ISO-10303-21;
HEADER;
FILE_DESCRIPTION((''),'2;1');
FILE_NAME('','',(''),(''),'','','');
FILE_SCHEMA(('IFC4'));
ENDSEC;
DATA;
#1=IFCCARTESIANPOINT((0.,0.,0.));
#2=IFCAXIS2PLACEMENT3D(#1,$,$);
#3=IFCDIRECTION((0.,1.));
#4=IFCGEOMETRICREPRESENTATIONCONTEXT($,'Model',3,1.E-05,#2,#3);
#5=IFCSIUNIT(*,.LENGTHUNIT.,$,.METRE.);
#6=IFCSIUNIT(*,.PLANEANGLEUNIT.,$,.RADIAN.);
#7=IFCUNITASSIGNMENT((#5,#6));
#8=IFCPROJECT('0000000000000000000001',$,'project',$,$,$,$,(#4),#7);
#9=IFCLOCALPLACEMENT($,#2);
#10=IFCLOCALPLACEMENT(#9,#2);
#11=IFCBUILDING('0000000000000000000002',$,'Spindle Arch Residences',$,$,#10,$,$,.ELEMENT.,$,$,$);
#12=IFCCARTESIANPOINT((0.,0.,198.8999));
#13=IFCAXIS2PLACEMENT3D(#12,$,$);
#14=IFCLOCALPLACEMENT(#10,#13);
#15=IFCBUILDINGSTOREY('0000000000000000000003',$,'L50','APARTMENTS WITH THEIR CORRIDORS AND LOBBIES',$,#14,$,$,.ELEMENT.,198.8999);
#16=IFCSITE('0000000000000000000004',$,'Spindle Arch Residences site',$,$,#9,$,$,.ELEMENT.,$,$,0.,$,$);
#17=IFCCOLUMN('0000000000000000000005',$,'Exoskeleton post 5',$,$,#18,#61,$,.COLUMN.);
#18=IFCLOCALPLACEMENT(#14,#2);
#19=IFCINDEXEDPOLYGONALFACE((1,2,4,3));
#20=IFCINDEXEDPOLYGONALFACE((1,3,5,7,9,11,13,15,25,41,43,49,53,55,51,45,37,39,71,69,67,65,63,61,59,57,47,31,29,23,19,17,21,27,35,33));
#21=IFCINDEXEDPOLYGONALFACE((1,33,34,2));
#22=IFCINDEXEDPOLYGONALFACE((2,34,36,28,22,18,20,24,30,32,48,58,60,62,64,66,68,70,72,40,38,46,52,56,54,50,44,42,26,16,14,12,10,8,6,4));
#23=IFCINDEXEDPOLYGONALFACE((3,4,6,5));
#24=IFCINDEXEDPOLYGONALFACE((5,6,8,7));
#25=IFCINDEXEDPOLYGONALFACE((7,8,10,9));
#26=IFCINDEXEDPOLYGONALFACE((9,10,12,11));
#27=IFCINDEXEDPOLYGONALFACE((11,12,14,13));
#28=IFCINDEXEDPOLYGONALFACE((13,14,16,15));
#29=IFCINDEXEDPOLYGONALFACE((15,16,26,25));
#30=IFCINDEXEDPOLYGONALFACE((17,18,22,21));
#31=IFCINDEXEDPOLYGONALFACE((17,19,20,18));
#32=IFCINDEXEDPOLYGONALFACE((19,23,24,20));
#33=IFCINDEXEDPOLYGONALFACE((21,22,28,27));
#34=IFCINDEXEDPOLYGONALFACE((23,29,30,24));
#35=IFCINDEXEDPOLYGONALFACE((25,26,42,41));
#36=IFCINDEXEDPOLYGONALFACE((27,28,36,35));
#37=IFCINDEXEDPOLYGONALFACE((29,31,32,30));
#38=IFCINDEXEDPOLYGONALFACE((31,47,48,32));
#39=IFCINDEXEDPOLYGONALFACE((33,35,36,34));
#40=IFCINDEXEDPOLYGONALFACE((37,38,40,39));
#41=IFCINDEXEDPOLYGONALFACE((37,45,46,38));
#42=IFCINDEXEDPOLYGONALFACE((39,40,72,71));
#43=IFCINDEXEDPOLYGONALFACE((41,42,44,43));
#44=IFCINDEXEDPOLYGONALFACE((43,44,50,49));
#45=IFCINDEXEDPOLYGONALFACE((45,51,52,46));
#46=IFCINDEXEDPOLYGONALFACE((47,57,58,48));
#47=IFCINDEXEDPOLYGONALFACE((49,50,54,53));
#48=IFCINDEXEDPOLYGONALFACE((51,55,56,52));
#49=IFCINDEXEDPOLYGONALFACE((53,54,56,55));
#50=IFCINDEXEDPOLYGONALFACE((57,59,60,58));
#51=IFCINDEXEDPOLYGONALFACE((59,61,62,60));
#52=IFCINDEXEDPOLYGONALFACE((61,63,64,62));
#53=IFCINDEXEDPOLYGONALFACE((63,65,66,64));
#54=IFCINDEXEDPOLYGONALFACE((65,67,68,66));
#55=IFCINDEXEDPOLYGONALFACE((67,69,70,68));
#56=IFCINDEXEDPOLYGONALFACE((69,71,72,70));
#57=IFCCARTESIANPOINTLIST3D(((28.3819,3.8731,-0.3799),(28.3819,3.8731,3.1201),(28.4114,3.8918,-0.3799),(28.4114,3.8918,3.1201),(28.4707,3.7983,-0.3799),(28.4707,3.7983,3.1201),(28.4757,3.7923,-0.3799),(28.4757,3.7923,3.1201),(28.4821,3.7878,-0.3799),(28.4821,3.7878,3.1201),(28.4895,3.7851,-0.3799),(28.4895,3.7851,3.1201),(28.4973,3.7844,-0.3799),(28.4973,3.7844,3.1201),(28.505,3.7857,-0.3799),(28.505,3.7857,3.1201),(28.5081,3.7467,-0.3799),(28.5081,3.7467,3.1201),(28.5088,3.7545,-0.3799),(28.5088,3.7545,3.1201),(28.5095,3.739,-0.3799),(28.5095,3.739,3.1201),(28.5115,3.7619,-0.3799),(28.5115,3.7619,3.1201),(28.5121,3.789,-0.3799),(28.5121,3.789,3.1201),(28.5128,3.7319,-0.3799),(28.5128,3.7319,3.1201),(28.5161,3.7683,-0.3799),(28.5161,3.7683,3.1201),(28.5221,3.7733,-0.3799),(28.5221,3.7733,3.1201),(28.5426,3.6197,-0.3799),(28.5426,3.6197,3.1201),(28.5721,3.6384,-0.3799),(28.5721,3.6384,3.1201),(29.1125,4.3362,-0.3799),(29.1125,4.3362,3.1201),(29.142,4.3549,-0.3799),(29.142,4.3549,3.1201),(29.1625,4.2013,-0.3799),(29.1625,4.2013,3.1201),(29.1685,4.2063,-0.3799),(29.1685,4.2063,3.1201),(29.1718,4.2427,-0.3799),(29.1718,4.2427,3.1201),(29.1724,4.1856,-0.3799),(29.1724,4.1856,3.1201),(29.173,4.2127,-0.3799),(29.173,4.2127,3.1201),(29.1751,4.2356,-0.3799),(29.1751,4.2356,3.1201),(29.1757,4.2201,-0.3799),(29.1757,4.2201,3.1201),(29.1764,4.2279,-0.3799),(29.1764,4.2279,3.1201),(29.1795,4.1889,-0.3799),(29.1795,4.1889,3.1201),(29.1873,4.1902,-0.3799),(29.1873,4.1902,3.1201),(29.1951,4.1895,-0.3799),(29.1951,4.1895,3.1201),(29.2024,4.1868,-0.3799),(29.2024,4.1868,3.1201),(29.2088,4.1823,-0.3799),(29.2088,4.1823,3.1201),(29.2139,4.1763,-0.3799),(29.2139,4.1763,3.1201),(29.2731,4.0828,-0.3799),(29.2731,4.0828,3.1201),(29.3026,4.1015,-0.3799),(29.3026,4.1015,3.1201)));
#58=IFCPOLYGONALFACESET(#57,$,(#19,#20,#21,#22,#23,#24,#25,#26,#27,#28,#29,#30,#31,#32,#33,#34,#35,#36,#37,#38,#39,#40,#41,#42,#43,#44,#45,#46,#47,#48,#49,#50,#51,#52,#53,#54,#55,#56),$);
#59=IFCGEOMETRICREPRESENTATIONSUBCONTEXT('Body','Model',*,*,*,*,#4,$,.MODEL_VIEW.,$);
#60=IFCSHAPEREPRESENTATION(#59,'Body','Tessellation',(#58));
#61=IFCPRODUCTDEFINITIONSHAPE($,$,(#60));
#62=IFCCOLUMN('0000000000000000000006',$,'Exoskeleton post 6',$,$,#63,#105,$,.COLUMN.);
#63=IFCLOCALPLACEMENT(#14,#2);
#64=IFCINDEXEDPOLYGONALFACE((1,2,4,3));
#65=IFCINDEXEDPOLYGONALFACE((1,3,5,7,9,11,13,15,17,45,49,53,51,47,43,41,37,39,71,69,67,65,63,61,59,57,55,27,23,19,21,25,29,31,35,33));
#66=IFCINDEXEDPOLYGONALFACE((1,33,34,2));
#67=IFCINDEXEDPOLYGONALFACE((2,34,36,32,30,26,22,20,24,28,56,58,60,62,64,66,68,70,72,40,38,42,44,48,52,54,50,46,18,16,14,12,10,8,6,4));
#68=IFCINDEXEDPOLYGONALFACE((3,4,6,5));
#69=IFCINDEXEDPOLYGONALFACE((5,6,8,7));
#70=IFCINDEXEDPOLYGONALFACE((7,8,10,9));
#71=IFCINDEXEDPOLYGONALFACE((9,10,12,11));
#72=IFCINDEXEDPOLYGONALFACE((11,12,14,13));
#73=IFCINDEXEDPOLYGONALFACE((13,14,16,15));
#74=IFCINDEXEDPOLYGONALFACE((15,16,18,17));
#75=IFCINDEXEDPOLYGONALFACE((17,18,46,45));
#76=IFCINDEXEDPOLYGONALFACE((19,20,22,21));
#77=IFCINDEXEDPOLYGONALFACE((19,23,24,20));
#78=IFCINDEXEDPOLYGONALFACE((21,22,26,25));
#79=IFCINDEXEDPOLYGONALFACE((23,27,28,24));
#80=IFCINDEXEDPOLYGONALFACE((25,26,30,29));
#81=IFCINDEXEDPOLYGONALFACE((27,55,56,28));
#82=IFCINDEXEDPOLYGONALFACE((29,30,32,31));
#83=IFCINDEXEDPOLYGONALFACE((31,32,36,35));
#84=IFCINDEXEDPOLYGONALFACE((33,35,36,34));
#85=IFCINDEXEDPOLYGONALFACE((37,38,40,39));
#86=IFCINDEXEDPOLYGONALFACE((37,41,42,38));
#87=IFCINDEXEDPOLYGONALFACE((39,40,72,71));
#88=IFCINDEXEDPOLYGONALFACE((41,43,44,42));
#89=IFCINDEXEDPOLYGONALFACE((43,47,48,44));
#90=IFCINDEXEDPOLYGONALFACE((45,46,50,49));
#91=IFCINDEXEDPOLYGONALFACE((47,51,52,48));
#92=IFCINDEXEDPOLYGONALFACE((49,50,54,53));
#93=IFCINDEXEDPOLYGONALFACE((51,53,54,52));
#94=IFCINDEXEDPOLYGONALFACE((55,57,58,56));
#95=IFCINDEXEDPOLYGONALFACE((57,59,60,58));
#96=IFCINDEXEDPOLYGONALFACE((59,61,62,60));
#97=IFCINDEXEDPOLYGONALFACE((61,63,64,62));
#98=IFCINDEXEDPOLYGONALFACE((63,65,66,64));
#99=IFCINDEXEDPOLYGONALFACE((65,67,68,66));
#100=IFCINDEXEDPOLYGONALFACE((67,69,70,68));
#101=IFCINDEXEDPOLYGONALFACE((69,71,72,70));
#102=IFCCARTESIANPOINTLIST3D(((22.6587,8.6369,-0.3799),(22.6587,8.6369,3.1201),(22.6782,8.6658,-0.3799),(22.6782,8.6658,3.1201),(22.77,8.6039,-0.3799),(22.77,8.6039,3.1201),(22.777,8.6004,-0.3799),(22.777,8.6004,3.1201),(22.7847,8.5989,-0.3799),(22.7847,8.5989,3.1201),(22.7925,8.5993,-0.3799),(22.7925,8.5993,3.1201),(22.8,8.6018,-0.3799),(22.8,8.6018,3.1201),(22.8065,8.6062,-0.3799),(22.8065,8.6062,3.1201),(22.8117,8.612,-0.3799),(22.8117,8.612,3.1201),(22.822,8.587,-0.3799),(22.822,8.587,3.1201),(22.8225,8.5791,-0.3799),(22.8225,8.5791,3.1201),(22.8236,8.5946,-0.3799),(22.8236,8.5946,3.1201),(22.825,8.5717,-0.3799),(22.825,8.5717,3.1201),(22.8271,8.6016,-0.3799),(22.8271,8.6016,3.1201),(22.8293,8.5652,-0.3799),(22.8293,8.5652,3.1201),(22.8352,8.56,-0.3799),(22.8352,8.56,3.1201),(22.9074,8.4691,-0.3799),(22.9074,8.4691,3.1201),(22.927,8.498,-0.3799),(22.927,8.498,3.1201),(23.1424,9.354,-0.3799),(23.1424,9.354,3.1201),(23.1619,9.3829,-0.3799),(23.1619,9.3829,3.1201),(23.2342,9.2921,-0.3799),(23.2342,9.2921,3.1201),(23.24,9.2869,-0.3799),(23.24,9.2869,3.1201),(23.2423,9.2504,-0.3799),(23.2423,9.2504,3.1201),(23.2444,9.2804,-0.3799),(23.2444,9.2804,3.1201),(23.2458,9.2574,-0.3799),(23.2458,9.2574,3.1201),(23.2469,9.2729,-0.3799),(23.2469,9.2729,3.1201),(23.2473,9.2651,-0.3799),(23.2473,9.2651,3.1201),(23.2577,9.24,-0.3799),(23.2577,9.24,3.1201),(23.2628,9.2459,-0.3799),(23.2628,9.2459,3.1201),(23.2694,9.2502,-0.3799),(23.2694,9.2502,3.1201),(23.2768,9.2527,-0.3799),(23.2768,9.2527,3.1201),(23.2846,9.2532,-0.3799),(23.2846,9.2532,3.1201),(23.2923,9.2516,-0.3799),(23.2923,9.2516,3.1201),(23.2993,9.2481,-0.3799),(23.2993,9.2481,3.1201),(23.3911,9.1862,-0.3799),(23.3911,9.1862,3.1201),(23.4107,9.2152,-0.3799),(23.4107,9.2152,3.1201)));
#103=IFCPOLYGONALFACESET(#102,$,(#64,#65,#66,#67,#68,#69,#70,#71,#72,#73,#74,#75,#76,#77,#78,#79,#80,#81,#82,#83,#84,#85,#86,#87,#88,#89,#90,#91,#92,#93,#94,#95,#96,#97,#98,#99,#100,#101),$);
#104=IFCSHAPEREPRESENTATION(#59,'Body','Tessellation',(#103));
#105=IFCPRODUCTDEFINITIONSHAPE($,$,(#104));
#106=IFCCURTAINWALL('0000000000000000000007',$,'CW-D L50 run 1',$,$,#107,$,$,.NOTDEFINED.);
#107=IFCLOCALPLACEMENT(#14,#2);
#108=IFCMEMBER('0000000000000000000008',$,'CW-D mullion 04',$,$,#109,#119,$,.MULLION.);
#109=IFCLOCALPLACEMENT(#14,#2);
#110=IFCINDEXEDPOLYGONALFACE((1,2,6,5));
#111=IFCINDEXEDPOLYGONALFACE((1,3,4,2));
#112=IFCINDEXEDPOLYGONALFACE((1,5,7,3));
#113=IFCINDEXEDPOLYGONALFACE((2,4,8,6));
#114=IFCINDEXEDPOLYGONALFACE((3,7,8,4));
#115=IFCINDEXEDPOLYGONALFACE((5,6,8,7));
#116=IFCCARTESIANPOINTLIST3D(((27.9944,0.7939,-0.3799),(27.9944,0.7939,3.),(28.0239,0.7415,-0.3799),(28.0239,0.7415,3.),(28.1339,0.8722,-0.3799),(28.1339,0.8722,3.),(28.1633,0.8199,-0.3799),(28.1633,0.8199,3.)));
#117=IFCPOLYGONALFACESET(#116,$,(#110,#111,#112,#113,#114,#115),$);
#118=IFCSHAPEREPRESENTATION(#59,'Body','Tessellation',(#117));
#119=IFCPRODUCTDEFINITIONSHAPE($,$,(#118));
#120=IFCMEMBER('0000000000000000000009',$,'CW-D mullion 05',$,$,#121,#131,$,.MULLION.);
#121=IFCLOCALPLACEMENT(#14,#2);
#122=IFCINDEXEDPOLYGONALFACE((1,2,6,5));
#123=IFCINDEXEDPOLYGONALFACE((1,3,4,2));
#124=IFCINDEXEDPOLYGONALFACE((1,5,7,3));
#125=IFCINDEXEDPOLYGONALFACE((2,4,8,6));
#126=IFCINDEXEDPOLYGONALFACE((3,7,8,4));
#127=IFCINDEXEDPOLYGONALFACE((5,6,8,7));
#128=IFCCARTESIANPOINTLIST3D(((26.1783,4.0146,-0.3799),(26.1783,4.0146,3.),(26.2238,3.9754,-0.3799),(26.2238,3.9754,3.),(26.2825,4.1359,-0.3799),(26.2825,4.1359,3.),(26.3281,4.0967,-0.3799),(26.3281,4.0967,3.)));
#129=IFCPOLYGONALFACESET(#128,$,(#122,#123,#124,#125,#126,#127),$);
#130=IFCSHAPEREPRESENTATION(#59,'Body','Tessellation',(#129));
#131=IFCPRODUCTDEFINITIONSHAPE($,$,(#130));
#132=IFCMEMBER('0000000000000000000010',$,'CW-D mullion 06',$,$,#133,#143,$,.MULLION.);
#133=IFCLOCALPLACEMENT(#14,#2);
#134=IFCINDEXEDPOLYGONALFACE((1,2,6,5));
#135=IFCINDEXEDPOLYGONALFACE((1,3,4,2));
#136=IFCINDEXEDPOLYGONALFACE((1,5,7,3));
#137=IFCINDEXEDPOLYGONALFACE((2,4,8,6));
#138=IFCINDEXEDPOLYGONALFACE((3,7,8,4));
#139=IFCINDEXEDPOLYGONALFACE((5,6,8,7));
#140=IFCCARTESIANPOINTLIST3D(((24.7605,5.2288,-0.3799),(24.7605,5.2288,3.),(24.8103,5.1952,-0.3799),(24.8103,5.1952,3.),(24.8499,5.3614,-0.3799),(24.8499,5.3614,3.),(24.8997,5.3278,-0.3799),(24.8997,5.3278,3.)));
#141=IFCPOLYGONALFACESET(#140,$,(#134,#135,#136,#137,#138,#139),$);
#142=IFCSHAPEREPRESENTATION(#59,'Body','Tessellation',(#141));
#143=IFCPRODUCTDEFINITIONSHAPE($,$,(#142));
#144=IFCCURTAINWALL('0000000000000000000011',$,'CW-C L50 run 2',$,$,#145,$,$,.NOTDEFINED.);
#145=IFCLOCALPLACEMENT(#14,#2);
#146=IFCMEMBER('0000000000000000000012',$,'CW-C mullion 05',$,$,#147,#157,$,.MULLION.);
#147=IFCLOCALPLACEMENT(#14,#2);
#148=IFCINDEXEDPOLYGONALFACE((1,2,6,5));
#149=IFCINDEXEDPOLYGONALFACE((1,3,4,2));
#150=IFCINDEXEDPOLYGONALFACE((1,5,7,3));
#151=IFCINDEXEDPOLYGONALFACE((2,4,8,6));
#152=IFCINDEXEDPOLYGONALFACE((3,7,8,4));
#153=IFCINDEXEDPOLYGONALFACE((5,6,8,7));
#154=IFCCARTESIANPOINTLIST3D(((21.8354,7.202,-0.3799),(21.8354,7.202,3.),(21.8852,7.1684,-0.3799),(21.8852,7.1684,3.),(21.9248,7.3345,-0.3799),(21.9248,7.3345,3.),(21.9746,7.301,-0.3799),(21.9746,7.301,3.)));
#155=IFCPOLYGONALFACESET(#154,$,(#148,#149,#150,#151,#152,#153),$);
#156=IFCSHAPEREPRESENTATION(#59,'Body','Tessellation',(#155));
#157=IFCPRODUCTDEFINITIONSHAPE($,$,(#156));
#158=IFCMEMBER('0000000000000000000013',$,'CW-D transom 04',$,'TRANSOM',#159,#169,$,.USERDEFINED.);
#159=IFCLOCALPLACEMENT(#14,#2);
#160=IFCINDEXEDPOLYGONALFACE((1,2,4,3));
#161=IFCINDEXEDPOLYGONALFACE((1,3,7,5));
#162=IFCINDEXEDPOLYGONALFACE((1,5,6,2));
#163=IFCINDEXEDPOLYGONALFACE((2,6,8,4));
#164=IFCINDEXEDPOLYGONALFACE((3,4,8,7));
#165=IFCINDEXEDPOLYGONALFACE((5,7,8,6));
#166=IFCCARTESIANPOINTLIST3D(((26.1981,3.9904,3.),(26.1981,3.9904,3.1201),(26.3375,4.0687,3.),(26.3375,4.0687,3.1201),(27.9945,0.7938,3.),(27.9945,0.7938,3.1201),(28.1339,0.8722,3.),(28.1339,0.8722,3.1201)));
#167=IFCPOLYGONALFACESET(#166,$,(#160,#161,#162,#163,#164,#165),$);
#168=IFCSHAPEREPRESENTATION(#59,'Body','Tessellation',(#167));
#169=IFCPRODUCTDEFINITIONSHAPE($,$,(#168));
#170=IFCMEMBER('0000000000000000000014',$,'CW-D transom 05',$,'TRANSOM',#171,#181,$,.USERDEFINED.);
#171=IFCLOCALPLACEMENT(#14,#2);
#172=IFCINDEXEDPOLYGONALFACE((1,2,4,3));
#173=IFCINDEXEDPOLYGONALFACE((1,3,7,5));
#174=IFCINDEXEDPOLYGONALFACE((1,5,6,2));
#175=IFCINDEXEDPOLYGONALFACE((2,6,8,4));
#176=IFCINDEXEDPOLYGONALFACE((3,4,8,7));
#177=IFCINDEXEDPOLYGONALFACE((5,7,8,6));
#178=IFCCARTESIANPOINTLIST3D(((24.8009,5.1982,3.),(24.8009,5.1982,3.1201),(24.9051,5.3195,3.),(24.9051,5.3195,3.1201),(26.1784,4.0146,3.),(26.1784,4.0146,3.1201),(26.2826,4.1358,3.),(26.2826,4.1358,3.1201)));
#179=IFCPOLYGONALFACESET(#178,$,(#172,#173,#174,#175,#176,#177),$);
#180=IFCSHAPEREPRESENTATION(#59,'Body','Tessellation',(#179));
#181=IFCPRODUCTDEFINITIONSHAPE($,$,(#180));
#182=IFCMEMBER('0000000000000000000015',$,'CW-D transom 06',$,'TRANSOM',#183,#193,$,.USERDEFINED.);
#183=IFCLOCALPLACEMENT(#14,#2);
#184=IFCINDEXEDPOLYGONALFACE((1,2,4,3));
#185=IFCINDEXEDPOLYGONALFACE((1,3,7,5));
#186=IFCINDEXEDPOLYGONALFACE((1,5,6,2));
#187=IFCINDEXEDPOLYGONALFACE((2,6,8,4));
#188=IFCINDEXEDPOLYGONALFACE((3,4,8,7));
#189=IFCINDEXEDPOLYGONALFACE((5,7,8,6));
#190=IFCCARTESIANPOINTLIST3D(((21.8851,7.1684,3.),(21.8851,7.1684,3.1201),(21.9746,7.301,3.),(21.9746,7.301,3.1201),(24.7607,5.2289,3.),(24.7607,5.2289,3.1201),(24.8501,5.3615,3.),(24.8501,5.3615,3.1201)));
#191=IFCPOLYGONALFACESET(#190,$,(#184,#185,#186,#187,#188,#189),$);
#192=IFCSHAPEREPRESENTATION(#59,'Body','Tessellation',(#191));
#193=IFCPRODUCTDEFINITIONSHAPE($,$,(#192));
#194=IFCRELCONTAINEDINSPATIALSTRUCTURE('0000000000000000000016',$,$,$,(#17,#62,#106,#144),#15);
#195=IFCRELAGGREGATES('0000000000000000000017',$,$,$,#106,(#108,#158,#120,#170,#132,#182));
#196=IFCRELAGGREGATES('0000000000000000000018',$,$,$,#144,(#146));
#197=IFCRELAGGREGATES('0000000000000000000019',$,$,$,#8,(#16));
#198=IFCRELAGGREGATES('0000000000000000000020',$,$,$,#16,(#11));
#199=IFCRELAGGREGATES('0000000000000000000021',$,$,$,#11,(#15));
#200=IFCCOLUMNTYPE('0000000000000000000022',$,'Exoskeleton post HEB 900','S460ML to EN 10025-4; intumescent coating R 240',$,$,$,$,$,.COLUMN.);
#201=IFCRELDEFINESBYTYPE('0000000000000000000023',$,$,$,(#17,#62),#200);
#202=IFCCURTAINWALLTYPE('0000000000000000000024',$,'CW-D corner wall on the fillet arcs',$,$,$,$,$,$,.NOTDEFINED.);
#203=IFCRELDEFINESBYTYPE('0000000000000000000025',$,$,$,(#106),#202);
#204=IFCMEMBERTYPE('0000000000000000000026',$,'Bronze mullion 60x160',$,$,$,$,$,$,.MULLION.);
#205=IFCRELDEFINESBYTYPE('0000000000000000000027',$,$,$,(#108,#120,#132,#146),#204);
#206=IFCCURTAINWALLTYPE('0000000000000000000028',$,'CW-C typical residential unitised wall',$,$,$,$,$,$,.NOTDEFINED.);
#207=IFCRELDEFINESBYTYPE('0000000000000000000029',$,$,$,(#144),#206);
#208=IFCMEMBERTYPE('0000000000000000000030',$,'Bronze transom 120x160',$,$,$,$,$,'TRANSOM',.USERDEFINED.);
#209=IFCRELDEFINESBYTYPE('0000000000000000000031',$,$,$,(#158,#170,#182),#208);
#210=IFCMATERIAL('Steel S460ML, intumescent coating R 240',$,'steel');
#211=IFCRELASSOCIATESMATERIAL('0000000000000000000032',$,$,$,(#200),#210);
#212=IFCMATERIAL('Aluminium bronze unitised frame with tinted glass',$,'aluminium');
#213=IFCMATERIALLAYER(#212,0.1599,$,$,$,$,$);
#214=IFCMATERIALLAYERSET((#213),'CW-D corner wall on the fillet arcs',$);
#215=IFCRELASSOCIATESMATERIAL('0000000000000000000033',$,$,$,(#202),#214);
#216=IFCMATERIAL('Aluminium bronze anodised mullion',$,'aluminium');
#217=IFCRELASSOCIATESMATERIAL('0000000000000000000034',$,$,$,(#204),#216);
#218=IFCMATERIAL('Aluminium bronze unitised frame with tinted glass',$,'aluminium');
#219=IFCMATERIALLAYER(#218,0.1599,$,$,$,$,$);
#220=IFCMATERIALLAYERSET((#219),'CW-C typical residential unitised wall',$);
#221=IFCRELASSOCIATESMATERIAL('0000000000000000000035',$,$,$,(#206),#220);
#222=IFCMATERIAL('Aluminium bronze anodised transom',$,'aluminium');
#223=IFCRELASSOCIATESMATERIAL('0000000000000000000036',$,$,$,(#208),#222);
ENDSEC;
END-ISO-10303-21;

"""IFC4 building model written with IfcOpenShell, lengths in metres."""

from ifc_helpers import new_model, si_unit, direction, frame, origin, origin_2d, place, context, subcontext, project, spatial, rectangle, i_section, extrude, material, layer, layer_set, material_profile, profile_set, type_object, element, aggregate, save


model = new_model("IFC4")

# Units and contexts
model_context = context("Model", 3, precision=1e-05, world=origin(), true_north=direction((0.0, 1.0)))
body_context = subcontext(model_context, "Body", "Model", "MODEL_VIEW")
ifc_project = project(units=[si_unit("LENGTHUNIT", "METRE"), si_unit("PLANEANGLEUNIT", "RADIAN")], contexts=[model_context])

# Site, building, storey
site_placement = place(None, origin())
site = spatial("IfcSite", under=ifc_project, at=site_placement, Name="Spindle Arch Residences site", CompositionType="ELEMENT", RefElevation=0.0)
building_placement = place(site_placement, origin())
building = spatial("IfcBuilding", under=site, at=building_placement, Name="Spindle Arch Residences", CompositionType="ELEMENT")
storey_placement = place(building_placement, frame((0.0, 0.0, 198.8999)))
storey = spatial("IfcBuildingStorey", under=building, at=storey_placement, Name="L50", Description="APARTMENTS WITH THEIR CORRIDORS AND LOBBIES", CompositionType="ELEMENT", Elevation=198.8999)

# Columns
ifc_material_1 = material(Name="Steel S460ML, intumescent coating R 240", Category="steel")
ifc_material_profile_1 = material_profile(ifc_material_1, i_section(OverallWidth=0.3, OverallDepth=0.8999, WebThickness=0.0186, FlangeThickness=0.0349, FilletRadius=0.03, at=origin_2d()), Name="HEB 900")
ifc_profile_set_1 = profile_set([ifc_material_profile_1], Name="Steel S460ML, intumescent coating R 240")
column_type = type_object("IfcColumnType", Name="Exoskeleton post HEB 900", Description="S460ML to EN 10025-4; intumescent coating R 240", PredefinedType="COLUMN", material=ifc_profile_set_1)
for number, where, z_axis, x_axis, name in (
    (1, (28.8423, 3.9873, -0.3799), (0.0, 0.0, 1.0), (0.5354, -0.844598, 0.0), "Exoskeleton post 5"),
    (2, (23.0347, 8.926, -0.3799), (0.0, 0.0, 1.0), (0.829038, -0.559193, 0.0), "Exoskeleton post 6"),
):
    element("IfcColumn", number, at=place(storey_placement, frame(where, z_axis=z_axis, x_axis=x_axis)), inside=storey, type_object=column_type, Name=name, PredefinedType="COLUMN", context=body_context, shape_type="SweptSolid", body=[
        extrude(i_section(OverallWidth=0.3, OverallDepth=0.8999, WebThickness=0.0186, FlangeThickness=0.0349, FilletRadius=0.03, at=origin_2d()), origin(), (0.0, 0.0, 1.0), 3.5),
    ])

# Curtain wall, members
ifc_material_2 = material(Name="Aluminium bronze unitised frame with tinted glass", Category="aluminium")
ifc_layer_1 = layer(ifc_material_2, 0.1599)
ifc_layer_set_1 = layer_set([ifc_layer_1], Name="CW-D corner wall on the fillet arcs")
curtain_wall_type_1 = type_object("IfcCurtainWallType", Name="CW-D corner wall on the fillet arcs", PredefinedType="NOTDEFINED", material=ifc_layer_set_1)
curtain_wall_1_placement = place(storey_placement, origin())
curtain_wall_1 = element("IfcCurtainWall", 3, at=curtain_wall_1_placement, inside=storey, type_object=curtain_wall_type_1, Name="CW-D L50 run 1", PredefinedType="NOTDEFINED")
ifc_material_3 = material(Name="Aluminium bronze anodised mullion", Category="aluminium")
ifc_material_profile_2 = material_profile(ifc_material_3, rectangle(XDim=0.1599, YDim=0.0601, at=origin_2d()), Name="MU 60x160")
ifc_profile_set_2 = profile_set([ifc_material_profile_2], Name="Aluminium bronze anodised mullion")
member_type_1 = type_object("IfcMemberType", Name="Bronze mullion 60x160", PredefinedType="MULLION", material=ifc_profile_set_2)
member_1_placement = place(storey_placement, frame((28.0789, 0.8069, -0.3799), z_axis=(0.0, 0.0, 1.0), x_axis=(-0.871784, -0.48989, 0.0)))
member_1 = element("IfcMember", 4, at=member_1_placement, type_object=member_type_1, Name="CW-D mullion 04", PredefinedType="MULLION", context=body_context, shape_type="SweptSolid", body=[
    extrude(rectangle(XDim=0.1599, YDim=0.0601, at=origin_2d()), origin(), (0.0, 0.0, 1.0), 3.3799),
])
member_2_placement = place(storey_placement, frame((26.2532, 4.0557, -0.3799), z_axis=(0.0, 0.0, 1.0), x_axis=(-0.651657, -0.758514, 0.0)))
member_2 = element("IfcMember", 5, at=member_2_placement, type_object=member_type_1, Name="CW-D mullion 05", PredefinedType="MULLION", context=body_context, shape_type="SweptSolid", body=[
    extrude(rectangle(XDim=0.1599, YDim=0.0601, at=origin_2d()), origin(), (0.0, 0.0, 1.0), 3.3799),
])
member_3_placement = place(storey_placement, frame((24.8301, 5.2783, -0.3799), z_axis=(0.0, 0.0, 1.0), x_axis=(-0.559193, -0.829038, 0.0)))
member_3 = element("IfcMember", 6, at=member_3_placement, type_object=member_type_1, Name="CW-D mullion 06", PredefinedType="MULLION", context=body_context, shape_type="SweptSolid", body=[
    extrude(rectangle(XDim=0.1599, YDim=0.0601, at=origin_2d()), origin(), (0.0, 0.0, 1.0), 3.3799),
])

# Curtain wall, member
ifc_material_4 = material(Name="Aluminium bronze unitised frame with tinted glass", Category="aluminium")
ifc_layer_2 = layer(ifc_material_4, 0.1599)
ifc_layer_set_2 = layer_set([ifc_layer_2], Name="CW-C typical residential unitised wall")
curtain_wall_type_2 = type_object("IfcCurtainWallType", Name="CW-C typical residential unitised wall", PredefinedType="NOTDEFINED", material=ifc_layer_set_2)
curtain_wall_2_placement = place(storey_placement, origin())
curtain_wall_2 = element("IfcCurtainWall", 7, at=curtain_wall_2_placement, inside=storey, type_object=curtain_wall_type_2, Name="CW-C L50 run 2", PredefinedType="NOTDEFINED")
member_4_placement = place(storey_placement, frame((21.905, 7.2515, -0.3799), z_axis=(0.0, 0.0, 1.0), x_axis=(-0.559193, -0.829038, 0.0)))
member_4 = element("IfcMember", 8, at=member_4_placement, type_object=member_type_1, Name="CW-C mullion 05", PredefinedType="MULLION", context=body_context, shape_type="SweptSolid", body=[
    extrude(rectangle(XDim=0.1599, YDim=0.0601, at=origin_2d()), origin(), (0.0, 0.0, 1.0), 3.3799),
])

# Members
ifc_material_5 = material(Name="Aluminium bronze anodised transom", Category="aluminium")
ifc_material_profile_3 = material_profile(ifc_material_5, rectangle(XDim=0.1599, YDim=0.1201, at=origin_2d()), Name="TR 120x160")
ifc_profile_set_3 = profile_set([ifc_material_profile_3], Name="Aluminium bronze anodised transom")
member_type_2 = type_object("IfcMemberType", Name="Bronze transom 120x160", ElementType="TRANSOM", PredefinedType="USERDEFINED", material=ifc_profile_set_3)
member_5_placement = place(storey_placement, frame((28.0642, 0.833, 3.0601), z_axis=(-0.489917, 0.871769, 0.0), x_axis=(-0.871769, -0.489917, 0.0)))
member_5 = element("IfcMember", 9, at=member_5_placement, type_object=member_type_2, Name="CW-D transom 04", ObjectType="TRANSOM", PredefinedType="USERDEFINED", context=body_context, shape_type="SweptSolid", body=[
    extrude(rectangle(XDim=0.1599, YDim=0.1201, at=origin_2d()), origin(), (0.0, 0.0, 1.0), 3.6667),
])
member_6_placement = place(storey_placement, frame((26.2305, 4.0752, 3.0601), z_axis=(-0.758459, 0.651721, 0.0), x_axis=(-0.651721, -0.758459, 0.0)))
member_6 = element("IfcMember", 10, at=member_6_placement, type_object=member_type_2, Name="CW-D transom 05", ObjectType="TRANSOM", PredefinedType="USERDEFINED", context=body_context, shape_type="SweptSolid", body=[
    extrude(rectangle(XDim=0.1599, YDim=0.1201, at=origin_2d()), origin(), (0.0, 0.0, 1.0), 1.8162),
])
member_7_placement = place(storey_placement, frame((24.8054, 5.2952, 3.0601), z_axis=(-0.829049, 0.559175, 0.0), x_axis=(-0.559175, -0.829049, 0.0)))
member_7 = element("IfcMember", 11, at=member_7_placement, type_object=member_type_2, Name="CW-D transom 06", ObjectType="TRANSOM", PredefinedType="USERDEFINED", context=body_context, shape_type="SweptSolid", body=[
    extrude(rectangle(XDim=0.1599, YDim=0.1201, at=origin_2d()), origin(), (0.0, 0.0, 1.0), 3.4685),
])

aggregate(curtain_wall_1, [member_1, member_5, member_2, member_6, member_3, member_7])
aggregate(curtain_wall_2, [member_4])

save(model, "model.ifc")
